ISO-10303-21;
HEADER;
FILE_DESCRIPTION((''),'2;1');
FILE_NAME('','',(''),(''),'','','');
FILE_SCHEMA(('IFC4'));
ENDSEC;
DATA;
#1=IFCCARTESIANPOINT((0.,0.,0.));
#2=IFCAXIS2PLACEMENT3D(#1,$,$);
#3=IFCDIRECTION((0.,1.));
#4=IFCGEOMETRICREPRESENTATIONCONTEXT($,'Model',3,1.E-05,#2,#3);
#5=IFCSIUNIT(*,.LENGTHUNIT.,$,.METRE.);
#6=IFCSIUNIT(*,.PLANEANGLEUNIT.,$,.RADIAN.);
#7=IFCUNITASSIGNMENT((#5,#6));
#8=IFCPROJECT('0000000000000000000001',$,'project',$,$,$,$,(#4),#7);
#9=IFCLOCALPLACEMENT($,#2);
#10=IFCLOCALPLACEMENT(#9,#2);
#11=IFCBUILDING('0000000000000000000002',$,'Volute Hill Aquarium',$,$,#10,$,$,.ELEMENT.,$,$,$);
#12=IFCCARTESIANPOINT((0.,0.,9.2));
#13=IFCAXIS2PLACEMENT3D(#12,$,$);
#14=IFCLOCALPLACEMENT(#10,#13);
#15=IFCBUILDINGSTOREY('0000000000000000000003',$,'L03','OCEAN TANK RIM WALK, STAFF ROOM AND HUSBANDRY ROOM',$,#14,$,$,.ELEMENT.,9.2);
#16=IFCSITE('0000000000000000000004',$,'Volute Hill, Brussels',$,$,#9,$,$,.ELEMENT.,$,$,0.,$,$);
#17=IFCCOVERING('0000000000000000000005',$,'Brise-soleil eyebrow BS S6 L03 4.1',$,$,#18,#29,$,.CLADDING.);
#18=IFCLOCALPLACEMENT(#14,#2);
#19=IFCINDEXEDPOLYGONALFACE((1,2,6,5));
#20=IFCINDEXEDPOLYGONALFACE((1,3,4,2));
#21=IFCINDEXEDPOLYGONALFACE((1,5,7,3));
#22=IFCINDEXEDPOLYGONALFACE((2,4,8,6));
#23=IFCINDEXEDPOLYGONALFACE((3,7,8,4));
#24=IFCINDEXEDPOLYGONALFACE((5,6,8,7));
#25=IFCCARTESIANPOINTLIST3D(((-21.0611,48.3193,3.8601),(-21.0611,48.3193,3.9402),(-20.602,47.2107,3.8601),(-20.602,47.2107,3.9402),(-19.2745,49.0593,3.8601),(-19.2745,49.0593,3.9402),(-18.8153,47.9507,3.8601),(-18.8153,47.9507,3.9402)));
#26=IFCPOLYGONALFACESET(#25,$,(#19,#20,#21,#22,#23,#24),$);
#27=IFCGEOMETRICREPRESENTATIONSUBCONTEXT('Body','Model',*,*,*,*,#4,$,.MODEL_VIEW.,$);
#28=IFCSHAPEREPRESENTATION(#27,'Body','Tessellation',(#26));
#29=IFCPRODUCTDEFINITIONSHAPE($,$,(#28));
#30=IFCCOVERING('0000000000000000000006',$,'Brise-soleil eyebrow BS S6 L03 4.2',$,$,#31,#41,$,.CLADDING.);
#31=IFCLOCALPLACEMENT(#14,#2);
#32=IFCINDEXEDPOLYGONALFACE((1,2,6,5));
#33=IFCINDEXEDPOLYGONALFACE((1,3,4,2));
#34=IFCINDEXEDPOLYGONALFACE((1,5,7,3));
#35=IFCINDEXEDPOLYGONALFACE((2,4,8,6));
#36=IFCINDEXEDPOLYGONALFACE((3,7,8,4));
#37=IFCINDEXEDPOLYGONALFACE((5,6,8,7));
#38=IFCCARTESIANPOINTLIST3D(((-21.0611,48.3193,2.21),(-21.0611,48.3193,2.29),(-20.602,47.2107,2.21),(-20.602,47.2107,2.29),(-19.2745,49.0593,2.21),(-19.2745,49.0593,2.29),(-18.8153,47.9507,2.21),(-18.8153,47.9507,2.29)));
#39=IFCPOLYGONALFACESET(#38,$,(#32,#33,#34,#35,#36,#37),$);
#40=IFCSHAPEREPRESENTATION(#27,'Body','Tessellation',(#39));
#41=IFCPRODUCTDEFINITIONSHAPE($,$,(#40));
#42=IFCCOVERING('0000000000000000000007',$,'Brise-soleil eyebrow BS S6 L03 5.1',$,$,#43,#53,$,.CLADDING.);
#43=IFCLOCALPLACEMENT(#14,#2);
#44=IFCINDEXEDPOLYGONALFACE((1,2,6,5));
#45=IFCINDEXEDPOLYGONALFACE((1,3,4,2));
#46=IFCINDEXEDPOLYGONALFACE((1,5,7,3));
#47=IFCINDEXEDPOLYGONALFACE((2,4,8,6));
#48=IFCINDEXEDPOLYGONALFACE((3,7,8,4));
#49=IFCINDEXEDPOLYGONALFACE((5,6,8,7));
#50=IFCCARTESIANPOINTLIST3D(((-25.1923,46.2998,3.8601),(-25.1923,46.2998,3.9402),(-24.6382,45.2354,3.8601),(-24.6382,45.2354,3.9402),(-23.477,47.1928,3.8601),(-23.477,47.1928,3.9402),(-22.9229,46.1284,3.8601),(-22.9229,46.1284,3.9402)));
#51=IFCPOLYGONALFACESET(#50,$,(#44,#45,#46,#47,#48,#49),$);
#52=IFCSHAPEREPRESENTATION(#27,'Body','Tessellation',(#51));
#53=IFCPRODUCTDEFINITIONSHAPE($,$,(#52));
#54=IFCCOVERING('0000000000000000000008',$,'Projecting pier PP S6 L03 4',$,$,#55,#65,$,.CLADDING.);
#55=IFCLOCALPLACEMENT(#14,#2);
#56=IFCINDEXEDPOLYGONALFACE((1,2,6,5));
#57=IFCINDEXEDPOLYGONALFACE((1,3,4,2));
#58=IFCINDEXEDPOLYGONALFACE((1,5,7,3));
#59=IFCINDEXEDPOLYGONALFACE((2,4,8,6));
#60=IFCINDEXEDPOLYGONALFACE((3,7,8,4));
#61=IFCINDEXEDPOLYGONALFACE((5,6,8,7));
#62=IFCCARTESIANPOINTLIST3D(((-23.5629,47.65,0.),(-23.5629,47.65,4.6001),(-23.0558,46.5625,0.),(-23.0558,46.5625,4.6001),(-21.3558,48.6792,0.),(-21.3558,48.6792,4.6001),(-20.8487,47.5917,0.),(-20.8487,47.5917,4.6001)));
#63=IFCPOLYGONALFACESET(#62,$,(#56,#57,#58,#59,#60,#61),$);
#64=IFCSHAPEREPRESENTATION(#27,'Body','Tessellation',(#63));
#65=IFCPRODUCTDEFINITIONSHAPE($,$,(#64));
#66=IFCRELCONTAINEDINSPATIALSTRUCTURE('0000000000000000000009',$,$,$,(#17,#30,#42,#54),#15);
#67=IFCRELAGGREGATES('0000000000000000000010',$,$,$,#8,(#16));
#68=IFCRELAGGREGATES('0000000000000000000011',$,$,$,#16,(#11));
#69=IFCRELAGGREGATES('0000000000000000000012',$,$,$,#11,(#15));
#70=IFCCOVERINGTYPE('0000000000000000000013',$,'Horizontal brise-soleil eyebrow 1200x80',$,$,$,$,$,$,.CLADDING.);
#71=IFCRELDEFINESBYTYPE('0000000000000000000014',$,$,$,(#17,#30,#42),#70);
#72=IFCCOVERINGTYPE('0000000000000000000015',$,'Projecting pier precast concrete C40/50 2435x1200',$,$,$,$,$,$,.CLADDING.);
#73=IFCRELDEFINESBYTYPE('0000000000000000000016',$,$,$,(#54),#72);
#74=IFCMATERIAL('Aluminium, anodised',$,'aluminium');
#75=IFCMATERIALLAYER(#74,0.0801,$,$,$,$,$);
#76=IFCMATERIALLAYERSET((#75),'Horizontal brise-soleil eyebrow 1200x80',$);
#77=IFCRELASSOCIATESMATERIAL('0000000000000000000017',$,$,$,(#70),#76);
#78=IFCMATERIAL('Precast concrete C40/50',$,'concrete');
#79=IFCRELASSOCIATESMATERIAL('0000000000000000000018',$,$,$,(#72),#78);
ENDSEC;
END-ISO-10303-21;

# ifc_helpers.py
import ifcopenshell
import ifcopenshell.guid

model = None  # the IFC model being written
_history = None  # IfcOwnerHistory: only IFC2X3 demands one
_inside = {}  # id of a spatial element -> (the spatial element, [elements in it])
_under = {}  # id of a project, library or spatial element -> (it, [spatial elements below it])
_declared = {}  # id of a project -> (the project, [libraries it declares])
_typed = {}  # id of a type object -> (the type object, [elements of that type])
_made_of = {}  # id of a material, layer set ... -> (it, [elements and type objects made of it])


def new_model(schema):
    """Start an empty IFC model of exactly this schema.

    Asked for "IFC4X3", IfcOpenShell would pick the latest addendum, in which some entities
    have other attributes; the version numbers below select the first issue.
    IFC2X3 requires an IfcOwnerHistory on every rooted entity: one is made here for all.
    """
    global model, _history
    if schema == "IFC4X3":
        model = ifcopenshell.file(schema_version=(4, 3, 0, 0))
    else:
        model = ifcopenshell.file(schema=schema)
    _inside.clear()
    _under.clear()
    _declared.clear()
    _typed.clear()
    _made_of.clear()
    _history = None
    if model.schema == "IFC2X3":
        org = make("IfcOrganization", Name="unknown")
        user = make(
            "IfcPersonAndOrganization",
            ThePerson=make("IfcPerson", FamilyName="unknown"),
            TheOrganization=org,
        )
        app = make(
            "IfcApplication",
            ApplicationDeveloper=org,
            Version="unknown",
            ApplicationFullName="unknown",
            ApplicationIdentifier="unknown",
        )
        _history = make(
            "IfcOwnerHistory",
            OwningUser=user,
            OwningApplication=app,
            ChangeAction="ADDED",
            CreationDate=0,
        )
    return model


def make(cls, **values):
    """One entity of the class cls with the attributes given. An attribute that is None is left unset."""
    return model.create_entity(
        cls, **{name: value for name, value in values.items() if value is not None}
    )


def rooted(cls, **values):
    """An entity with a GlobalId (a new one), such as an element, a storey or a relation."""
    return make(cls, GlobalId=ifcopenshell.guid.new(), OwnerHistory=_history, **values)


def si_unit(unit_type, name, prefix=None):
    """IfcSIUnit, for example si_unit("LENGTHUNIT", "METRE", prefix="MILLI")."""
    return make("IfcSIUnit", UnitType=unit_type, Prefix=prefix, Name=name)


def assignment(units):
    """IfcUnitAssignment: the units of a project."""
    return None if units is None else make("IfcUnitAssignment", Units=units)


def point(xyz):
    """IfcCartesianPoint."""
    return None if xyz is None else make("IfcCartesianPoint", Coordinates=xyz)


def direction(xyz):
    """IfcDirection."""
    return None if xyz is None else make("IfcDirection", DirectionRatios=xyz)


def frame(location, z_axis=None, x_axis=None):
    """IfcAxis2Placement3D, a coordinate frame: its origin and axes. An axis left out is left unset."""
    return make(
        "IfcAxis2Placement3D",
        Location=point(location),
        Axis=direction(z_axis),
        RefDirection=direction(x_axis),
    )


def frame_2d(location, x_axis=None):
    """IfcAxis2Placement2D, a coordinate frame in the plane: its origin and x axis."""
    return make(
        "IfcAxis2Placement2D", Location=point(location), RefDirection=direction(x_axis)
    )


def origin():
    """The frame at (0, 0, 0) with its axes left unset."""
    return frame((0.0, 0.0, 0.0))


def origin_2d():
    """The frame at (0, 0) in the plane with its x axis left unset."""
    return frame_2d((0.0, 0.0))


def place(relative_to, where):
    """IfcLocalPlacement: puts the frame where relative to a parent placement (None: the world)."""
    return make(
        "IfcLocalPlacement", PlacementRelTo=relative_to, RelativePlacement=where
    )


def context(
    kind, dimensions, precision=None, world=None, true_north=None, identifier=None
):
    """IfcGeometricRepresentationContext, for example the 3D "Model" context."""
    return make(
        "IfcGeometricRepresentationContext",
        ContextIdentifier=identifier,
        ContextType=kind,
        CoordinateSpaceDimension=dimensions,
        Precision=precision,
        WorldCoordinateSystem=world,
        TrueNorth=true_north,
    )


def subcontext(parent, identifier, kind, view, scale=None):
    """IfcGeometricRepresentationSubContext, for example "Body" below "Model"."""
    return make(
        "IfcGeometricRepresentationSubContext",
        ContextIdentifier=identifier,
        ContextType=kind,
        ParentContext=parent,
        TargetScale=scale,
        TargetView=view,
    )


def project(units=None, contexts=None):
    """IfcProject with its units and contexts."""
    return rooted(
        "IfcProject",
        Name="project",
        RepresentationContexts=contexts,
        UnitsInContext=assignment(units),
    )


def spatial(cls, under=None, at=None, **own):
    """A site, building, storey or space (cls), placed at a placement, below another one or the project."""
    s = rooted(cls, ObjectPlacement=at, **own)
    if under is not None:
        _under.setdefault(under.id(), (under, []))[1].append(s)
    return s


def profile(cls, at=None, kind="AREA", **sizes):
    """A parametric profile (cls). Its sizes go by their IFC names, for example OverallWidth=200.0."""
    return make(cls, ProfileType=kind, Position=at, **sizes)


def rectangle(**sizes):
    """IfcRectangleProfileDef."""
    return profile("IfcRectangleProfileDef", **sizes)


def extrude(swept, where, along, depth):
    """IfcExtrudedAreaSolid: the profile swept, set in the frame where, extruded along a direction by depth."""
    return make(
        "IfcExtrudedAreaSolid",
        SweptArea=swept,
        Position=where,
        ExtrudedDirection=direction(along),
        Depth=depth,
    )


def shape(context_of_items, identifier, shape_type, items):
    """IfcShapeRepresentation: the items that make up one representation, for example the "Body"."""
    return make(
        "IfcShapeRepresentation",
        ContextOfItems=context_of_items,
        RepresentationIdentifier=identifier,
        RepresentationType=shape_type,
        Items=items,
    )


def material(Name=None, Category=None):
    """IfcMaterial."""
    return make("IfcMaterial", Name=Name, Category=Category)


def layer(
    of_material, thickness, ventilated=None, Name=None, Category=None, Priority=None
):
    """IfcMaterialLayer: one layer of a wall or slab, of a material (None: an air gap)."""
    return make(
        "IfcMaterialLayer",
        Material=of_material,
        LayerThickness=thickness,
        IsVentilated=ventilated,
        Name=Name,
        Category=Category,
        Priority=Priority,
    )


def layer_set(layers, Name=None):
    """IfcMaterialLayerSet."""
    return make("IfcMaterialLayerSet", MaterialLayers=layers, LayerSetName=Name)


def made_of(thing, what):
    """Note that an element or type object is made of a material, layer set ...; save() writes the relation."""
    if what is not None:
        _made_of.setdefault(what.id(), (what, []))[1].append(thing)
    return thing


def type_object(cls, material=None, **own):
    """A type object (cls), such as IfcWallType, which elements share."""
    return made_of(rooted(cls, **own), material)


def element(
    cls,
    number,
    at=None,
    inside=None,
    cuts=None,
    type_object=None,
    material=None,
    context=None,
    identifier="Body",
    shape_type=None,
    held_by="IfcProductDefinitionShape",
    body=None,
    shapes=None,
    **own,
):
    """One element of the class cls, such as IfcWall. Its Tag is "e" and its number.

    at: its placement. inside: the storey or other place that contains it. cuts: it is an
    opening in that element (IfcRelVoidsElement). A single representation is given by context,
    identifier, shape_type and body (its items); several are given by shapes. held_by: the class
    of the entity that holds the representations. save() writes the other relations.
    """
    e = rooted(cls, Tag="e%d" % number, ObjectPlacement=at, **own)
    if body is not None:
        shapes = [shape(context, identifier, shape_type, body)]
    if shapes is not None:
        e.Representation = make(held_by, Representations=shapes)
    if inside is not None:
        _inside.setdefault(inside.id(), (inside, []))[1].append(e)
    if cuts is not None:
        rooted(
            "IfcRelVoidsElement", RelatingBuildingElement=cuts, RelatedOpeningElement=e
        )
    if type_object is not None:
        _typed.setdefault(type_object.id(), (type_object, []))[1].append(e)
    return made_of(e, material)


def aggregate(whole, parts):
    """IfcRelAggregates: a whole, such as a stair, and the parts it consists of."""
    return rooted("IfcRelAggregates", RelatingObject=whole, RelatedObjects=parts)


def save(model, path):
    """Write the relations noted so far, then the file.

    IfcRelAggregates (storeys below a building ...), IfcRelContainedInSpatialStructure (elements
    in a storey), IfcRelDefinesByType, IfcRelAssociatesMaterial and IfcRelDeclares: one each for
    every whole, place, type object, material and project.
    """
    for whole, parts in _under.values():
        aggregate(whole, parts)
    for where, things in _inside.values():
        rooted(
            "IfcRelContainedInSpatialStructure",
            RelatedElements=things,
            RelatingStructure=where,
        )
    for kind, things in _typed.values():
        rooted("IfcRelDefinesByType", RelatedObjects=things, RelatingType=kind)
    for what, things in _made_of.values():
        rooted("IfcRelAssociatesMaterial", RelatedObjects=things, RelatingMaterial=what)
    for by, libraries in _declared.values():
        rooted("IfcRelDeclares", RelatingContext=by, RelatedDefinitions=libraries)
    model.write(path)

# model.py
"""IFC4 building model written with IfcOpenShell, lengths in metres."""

from ifc_helpers import new_model, si_unit, direction, frame, origin, origin_2d, place, context, subcontext, project, spatial, rectangle, extrude, material, layer, layer_set, type_object, element, save


model = new_model("IFC4")

# Units and contexts
model_context = context("Model", 3, precision=1e-05, world=origin(), true_north=direction((0.0, 1.0)))
body_context = subcontext(model_context, "Body", "Model", "MODEL_VIEW")
ifc_project = project(units=[si_unit("LENGTHUNIT", "METRE"), si_unit("PLANEANGLEUNIT", "RADIAN")], contexts=[model_context])

# Site, building, storey
site_placement = place(None, origin())
site = spatial("IfcSite", under=ifc_project, at=site_placement, Name="Volute Hill, Brussels", CompositionType="ELEMENT", RefElevation=0.0)
building_placement = place(site_placement, origin())
building = spatial("IfcBuilding", under=site, at=building_placement, Name="Volute Hill Aquarium", CompositionType="ELEMENT")
storey_placement = place(building_placement, frame((0.0, 0.0, 9.2)))
storey = spatial("IfcBuildingStorey", under=building, at=storey_placement, Name="L03", Description="OCEAN TANK RIM WALK, STAFF ROOM AND HUSBANDRY ROOM", CompositionType="ELEMENT", Elevation=9.2)

# Coverings
ifc_material_1 = material(Name="Aluminium, anodised", Category="aluminium")
ifc_layer_1 = layer(ifc_material_1, 0.0801)
ifc_layer_set_1 = layer_set([ifc_layer_1], Name="Horizontal brise-soleil eyebrow 1200x80")
covering_type_1 = type_object("IfcCoveringType", Name="Horizontal brise-soleil eyebrow 1200x80", PredefinedType="CLADDING", material=ifc_layer_set_1)
for number, where, z_axis, x_axis, name in (
    (1, (-19.9382, 48.135, 3.8601), (0.0, 0.0, 1.0), (-0.923881, -0.38268, 0.0), "Brise-soleil eyebrow BS S6 L03 4.1"),
    (2, (-19.9382, 48.135, 2.21), (0.0, 0.0, 1.0), (-0.923881, -0.38268, 0.0), "Brise-soleil eyebrow BS S6 L03 4.2"),
    (3, (-24.0576, 46.2141, 3.8601), (0.0, 0.0, 1.0), (-0.887006, -0.461759, 0.0), "Brise-soleil eyebrow BS S6 L03 5.1"),
):
    element("IfcCovering", number, at=place(storey_placement, frame(where, z_axis=z_axis, x_axis=x_axis)), inside=storey, type_object=covering_type_1, Name=name, PredefinedType="CLADDING", context=body_context, shape_type="SweptSolid", body=[
        extrude(rectangle(XDim=1.9338, YDim=1.2, at=origin_2d()), origin(), (0.0, 0.0, 1.0), 0.0801),
    ])
ifc_material_2 = material(Name="Precast concrete C40/50", Category="concrete")
covering_type_2 = type_object("IfcCoveringType", Name="Projecting pier precast concrete C40/50 2435x1200", PredefinedType="CLADDING", material=ifc_material_2)
covering_placement = place(storey_placement, frame((-22.2058, 47.6208, 0.0), z_axis=(0.0, 0.0, 1.0), x_axis=(-0.906308, -0.422618, 0.0)))
element("IfcCovering", 4, at=covering_placement, inside=storey, type_object=covering_type_2, Name="Projecting pier PP S6 L03 4", PredefinedType="CLADDING", context=body_context, shape_type="SweptSolid", body=[
    extrude(rectangle(XDim=2.4353, YDim=1.2, at=origin_2d()), origin(), (0.0, 0.0, 1.0), 4.6001),
])

save(model, "model.ifc")
